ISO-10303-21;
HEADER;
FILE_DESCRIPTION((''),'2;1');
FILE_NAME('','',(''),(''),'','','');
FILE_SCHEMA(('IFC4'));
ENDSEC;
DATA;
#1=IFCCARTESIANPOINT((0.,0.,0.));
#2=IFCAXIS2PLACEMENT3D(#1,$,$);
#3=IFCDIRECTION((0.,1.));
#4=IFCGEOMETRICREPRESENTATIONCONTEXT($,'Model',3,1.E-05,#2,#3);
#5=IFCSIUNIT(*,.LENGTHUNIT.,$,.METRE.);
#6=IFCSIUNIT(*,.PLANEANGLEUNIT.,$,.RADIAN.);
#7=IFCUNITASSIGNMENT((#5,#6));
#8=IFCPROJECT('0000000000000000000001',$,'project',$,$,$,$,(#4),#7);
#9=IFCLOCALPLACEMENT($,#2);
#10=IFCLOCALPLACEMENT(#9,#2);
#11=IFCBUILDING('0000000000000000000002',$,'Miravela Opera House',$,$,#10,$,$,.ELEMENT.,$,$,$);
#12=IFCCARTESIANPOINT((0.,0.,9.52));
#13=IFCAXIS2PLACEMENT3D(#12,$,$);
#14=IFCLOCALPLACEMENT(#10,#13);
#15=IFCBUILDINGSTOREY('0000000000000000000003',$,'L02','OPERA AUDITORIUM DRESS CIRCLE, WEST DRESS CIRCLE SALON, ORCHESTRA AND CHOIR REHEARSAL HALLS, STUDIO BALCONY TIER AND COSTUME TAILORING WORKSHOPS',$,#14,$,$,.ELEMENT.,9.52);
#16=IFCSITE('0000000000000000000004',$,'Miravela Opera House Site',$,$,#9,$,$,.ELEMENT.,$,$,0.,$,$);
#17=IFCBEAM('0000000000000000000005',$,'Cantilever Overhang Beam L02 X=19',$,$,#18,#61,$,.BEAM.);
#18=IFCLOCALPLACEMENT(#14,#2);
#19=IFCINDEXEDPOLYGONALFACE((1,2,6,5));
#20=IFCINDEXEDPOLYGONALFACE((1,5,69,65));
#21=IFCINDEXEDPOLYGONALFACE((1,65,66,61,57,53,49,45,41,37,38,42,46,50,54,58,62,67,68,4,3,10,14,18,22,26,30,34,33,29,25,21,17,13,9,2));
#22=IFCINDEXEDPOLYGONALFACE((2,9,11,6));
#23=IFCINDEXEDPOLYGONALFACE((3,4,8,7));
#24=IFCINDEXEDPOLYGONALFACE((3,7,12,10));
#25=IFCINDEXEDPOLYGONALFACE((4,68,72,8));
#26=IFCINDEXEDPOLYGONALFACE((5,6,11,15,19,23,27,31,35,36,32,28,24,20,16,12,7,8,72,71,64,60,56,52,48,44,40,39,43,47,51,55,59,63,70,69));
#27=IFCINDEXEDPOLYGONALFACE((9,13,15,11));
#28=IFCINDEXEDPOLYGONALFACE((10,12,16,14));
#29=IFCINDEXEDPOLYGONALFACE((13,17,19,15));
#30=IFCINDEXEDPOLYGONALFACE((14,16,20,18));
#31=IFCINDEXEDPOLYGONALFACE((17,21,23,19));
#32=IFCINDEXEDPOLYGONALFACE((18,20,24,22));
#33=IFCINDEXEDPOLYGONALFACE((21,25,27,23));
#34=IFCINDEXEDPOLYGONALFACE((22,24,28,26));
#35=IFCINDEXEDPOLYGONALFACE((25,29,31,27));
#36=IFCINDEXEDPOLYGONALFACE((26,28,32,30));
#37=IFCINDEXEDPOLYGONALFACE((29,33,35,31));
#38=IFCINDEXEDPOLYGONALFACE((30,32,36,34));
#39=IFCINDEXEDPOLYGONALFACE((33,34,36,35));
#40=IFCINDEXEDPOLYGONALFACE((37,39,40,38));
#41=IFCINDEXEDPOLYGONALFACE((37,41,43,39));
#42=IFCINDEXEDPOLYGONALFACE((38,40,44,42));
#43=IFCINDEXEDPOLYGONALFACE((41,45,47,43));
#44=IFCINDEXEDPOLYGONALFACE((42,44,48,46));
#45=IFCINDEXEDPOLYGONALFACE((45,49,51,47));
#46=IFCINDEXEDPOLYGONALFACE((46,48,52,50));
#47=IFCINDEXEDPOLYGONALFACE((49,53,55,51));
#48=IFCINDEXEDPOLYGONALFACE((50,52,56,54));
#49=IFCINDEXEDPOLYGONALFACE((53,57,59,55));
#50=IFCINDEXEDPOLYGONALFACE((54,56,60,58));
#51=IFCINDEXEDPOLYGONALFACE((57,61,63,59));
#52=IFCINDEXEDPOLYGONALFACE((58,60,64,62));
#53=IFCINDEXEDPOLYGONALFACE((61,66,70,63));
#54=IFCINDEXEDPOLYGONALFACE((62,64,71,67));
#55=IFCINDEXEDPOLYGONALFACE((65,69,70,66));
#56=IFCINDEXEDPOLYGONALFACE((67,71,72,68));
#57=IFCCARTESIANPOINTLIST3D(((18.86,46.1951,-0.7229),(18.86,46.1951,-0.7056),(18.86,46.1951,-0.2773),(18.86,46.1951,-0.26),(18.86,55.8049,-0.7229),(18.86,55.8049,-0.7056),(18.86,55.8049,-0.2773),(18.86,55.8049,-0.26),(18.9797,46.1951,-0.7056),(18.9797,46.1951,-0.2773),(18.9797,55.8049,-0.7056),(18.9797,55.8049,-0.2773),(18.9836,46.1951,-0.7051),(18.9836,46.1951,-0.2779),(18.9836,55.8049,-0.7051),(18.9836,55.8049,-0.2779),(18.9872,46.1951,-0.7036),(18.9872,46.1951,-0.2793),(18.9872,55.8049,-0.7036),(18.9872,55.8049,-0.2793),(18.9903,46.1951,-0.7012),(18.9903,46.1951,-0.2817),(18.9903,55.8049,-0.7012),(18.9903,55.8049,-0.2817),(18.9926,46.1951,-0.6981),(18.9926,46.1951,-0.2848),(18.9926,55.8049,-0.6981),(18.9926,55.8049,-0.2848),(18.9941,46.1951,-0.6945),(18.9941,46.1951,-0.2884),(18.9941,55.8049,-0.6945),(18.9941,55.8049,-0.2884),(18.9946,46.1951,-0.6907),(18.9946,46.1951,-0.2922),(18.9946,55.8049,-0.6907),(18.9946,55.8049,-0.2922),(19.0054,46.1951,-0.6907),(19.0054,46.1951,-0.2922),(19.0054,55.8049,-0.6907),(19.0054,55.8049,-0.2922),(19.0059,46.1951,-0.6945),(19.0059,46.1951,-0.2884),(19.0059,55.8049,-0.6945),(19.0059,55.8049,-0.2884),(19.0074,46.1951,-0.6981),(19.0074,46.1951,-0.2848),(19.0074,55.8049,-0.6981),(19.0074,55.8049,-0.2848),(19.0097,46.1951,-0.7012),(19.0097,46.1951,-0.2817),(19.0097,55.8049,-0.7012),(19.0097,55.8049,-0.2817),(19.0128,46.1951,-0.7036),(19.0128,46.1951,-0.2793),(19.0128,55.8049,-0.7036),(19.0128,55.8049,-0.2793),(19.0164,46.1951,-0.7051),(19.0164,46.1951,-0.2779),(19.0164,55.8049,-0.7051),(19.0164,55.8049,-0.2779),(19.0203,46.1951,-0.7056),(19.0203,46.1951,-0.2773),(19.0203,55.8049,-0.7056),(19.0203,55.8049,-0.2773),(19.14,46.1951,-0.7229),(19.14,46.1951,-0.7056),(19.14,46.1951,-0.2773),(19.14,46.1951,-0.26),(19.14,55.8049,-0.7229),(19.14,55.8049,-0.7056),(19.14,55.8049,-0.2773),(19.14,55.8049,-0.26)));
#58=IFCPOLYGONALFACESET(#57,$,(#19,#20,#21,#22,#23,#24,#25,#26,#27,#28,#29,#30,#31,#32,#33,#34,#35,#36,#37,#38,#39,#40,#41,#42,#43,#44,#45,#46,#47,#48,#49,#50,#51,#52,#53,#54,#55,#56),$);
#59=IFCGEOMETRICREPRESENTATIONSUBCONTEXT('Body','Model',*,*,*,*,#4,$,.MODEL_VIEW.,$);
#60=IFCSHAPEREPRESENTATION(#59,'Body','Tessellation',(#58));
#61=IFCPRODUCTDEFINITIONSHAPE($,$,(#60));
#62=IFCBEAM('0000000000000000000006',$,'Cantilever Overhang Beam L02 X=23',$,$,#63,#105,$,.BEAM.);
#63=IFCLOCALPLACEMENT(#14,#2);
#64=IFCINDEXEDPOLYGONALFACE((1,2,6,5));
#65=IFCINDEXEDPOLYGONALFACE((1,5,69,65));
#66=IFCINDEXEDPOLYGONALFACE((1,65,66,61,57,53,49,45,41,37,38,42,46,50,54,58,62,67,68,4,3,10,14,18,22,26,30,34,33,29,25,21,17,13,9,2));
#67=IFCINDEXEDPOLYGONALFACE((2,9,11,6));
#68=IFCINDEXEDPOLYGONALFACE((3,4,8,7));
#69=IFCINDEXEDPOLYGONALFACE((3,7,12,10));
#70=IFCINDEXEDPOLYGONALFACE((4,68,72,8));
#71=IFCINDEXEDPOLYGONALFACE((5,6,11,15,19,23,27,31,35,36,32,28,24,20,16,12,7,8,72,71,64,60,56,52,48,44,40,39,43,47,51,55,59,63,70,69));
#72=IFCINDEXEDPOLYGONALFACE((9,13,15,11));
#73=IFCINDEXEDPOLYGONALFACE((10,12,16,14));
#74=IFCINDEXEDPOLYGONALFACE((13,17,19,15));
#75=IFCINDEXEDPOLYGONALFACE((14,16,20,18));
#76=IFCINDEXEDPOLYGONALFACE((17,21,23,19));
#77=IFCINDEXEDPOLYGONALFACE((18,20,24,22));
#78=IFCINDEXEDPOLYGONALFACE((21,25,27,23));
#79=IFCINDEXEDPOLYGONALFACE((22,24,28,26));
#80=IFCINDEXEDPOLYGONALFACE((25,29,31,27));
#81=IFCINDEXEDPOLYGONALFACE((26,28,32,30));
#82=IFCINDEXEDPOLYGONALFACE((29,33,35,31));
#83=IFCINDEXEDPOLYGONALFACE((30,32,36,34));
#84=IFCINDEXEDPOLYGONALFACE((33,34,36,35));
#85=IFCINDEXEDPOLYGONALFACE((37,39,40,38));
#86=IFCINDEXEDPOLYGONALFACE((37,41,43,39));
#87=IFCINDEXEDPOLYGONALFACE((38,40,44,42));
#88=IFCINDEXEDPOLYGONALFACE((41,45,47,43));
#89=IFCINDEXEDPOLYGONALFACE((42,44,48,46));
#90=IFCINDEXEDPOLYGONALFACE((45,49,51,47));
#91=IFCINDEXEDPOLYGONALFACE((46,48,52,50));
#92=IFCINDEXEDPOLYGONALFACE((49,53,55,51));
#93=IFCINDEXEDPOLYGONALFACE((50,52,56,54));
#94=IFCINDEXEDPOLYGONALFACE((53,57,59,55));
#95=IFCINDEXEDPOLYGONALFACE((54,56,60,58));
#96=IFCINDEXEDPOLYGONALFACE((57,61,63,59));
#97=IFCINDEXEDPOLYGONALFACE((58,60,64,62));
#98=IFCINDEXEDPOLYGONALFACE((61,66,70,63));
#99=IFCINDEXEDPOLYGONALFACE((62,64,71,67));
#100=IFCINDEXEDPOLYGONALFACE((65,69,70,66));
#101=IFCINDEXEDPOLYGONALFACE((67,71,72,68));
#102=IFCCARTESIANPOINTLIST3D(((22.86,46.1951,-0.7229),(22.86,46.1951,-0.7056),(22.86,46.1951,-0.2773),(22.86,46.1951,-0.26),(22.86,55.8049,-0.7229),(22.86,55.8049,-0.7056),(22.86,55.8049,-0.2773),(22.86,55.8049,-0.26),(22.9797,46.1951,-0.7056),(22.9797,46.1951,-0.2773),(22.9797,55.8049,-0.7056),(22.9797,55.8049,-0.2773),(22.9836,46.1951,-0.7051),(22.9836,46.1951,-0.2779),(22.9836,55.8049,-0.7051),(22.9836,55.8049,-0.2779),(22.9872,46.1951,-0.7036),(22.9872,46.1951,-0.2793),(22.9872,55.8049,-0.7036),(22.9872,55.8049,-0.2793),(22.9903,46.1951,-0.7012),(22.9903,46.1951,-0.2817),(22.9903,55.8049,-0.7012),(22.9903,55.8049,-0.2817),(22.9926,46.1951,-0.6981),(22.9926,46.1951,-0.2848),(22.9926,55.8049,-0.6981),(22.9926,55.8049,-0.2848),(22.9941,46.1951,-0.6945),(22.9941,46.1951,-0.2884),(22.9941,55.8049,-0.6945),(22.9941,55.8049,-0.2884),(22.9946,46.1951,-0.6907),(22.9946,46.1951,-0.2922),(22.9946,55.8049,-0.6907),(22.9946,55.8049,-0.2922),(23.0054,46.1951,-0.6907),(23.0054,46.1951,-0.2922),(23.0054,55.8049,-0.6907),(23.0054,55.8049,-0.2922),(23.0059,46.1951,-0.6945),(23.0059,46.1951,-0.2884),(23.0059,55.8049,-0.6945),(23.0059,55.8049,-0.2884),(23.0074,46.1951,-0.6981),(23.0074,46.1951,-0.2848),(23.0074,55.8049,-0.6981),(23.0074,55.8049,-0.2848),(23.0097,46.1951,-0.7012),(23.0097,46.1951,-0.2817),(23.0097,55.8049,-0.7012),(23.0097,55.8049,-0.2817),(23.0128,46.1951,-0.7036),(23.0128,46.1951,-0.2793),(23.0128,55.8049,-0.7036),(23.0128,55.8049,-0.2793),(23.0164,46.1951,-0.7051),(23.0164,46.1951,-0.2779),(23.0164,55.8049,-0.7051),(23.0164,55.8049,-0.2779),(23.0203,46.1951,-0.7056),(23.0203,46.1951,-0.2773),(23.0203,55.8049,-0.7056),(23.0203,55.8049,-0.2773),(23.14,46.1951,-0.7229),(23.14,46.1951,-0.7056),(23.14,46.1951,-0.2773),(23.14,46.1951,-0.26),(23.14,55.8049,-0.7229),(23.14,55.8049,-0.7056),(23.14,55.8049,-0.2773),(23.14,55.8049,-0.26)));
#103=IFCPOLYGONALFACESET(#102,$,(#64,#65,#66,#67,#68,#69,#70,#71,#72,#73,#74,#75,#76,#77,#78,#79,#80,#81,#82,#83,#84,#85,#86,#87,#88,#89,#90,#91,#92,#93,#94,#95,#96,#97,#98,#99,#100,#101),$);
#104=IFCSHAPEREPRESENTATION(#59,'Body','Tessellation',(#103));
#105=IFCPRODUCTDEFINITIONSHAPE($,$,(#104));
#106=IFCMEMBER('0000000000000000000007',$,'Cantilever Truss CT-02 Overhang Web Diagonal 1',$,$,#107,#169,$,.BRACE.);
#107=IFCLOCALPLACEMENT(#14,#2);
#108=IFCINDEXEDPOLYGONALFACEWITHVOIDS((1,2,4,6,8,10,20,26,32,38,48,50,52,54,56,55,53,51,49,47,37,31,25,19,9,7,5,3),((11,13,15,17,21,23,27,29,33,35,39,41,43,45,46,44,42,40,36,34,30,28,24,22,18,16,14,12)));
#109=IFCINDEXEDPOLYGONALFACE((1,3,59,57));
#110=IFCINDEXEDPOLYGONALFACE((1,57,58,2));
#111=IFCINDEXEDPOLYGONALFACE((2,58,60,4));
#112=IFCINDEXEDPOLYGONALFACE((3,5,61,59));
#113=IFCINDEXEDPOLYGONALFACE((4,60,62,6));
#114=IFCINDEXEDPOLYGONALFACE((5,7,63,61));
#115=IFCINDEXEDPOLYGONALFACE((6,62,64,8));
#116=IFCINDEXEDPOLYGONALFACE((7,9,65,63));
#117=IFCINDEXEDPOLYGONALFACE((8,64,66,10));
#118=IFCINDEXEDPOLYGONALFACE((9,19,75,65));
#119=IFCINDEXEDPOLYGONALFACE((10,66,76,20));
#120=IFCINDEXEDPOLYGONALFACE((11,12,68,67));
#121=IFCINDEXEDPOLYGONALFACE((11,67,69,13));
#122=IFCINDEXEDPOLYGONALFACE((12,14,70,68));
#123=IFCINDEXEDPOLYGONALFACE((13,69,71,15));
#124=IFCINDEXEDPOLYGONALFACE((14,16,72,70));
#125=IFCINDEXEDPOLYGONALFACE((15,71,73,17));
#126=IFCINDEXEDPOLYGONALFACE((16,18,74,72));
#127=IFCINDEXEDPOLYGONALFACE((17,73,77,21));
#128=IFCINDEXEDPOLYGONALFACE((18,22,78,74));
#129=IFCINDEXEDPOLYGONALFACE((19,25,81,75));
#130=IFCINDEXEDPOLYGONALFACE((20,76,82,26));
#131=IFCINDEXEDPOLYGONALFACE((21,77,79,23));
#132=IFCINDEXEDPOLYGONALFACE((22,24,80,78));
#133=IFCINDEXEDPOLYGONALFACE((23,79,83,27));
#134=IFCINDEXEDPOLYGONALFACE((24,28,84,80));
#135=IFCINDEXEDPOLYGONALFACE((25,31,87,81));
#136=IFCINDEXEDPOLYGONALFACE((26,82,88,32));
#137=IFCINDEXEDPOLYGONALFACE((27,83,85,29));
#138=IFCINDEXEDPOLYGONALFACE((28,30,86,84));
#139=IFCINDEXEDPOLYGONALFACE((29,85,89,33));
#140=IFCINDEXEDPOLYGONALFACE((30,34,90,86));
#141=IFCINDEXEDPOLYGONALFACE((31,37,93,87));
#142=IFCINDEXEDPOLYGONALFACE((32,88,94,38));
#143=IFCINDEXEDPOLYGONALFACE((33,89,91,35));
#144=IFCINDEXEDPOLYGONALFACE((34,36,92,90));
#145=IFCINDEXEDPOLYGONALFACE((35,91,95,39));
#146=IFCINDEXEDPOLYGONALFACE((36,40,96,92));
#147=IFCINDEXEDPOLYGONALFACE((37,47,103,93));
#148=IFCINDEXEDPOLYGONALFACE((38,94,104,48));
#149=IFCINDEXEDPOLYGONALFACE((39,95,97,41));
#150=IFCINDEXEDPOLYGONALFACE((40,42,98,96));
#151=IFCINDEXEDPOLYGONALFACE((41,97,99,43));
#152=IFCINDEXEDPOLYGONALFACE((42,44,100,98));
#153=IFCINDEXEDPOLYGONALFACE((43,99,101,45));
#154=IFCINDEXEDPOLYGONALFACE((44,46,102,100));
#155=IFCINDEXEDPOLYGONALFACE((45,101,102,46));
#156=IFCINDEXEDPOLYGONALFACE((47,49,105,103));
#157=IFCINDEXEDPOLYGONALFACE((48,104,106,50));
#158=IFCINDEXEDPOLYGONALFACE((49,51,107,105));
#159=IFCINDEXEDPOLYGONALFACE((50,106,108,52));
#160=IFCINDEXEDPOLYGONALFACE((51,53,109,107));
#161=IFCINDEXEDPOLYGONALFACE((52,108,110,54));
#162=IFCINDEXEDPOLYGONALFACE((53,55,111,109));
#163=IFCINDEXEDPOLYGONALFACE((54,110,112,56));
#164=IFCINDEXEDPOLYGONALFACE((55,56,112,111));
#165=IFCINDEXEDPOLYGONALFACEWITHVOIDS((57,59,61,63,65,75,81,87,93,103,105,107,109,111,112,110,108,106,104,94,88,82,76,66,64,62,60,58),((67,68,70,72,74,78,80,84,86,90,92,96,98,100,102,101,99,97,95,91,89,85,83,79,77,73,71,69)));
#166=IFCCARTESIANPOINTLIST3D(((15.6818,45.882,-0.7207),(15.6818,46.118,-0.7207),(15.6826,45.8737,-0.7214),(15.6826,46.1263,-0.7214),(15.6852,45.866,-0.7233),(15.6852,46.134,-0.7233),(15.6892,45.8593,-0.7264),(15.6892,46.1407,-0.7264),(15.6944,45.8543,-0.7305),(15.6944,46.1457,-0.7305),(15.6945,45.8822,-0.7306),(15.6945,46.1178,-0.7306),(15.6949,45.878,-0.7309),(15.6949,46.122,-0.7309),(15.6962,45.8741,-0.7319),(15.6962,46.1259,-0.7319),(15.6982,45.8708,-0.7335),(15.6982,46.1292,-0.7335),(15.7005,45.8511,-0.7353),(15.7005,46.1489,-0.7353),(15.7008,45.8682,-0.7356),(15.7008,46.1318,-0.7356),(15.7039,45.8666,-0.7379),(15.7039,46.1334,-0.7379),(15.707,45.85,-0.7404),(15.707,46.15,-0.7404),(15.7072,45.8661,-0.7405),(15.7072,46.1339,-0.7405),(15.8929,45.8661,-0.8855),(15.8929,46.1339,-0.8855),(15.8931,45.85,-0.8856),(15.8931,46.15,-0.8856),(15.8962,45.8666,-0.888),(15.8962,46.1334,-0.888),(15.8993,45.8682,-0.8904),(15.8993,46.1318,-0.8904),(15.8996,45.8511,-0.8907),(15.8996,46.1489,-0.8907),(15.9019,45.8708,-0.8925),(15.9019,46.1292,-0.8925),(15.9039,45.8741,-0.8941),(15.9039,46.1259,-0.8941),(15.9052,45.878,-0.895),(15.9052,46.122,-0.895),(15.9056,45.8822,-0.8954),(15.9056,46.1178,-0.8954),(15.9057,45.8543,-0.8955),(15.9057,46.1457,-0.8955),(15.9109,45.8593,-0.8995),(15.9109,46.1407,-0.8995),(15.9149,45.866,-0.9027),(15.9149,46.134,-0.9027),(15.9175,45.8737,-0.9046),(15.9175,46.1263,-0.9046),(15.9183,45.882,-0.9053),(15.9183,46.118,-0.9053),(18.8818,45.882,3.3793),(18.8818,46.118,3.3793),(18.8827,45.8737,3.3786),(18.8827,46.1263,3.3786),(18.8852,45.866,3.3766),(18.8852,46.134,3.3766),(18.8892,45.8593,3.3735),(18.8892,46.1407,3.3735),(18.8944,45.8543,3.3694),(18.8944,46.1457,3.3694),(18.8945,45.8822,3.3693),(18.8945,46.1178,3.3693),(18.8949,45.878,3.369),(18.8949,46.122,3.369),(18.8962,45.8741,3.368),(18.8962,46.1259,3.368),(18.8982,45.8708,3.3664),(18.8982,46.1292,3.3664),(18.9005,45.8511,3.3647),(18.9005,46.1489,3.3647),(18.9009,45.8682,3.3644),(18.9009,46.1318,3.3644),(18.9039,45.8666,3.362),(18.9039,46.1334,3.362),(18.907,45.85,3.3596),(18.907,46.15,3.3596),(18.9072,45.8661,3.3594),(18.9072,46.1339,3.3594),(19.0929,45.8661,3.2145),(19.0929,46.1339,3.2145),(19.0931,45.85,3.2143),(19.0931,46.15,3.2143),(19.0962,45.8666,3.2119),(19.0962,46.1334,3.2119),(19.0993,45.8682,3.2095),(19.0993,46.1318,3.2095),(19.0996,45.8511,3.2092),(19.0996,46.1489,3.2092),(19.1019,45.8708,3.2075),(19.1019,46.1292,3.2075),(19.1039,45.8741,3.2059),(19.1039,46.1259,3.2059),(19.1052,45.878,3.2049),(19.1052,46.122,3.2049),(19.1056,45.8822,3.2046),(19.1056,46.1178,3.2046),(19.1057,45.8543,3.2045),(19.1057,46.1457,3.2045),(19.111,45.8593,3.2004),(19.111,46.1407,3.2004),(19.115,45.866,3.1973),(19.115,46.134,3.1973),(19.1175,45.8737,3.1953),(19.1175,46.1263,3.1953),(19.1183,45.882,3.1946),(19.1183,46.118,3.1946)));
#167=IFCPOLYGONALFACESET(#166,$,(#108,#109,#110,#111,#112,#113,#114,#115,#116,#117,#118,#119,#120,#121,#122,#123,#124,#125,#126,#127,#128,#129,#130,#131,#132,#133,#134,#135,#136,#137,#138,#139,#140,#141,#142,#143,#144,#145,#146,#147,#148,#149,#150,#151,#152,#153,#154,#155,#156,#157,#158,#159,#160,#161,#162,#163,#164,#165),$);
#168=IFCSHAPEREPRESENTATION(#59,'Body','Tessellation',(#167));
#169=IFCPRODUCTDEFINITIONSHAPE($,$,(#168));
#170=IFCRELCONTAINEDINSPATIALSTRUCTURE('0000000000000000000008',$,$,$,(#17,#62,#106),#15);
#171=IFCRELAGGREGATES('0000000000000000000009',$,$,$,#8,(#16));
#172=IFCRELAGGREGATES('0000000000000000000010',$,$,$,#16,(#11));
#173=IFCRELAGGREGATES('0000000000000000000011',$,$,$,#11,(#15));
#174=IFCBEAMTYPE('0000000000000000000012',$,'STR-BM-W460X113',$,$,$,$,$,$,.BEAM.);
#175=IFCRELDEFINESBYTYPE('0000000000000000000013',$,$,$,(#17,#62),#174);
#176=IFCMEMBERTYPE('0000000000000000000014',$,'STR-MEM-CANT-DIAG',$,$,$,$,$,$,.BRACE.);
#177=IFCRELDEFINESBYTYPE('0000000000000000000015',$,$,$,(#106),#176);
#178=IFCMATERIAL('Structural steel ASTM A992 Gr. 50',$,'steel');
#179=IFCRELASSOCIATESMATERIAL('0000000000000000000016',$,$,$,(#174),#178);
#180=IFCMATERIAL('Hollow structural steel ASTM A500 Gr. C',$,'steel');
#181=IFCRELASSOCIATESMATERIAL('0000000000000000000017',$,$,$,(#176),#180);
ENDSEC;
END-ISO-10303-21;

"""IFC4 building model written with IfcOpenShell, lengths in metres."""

from ifc_helpers import new_model, si_unit, direction, frame, origin, origin_2d, place, context, subcontext, project, spatial, hollow_rectangle, i_section, extrude, material, material_profile, profile_set, type_object, element, save


model = new_model("IFC4")

# Units and contexts
model_context = context("Model", 3, precision=1e-05, world=origin(), true_north=direction((0.0, 1.0)))
body_context = subcontext(model_context, "Body", "Model", "MODEL_VIEW")
ifc_project = project(units=[si_unit("LENGTHUNIT", "METRE"), si_unit("PLANEANGLEUNIT", "RADIAN")], contexts=[model_context])

# Site, building, storey
site_placement = place(None, origin())
site = spatial("IfcSite", under=ifc_project, at=site_placement, Name="Miravela Opera House Site", CompositionType="ELEMENT", RefElevation=0.0)
building_placement = place(site_placement, origin())
building = spatial("IfcBuilding", under=site, at=building_placement, Name="Miravela Opera House", CompositionType="ELEMENT")
storey_placement = place(building_placement, frame((0.0, 0.0, 9.52)))
storey = spatial("IfcBuildingStorey", under=building, at=storey_placement, Name="L02", Description="OPERA AUDITORIUM DRESS CIRCLE, WEST DRESS CIRCLE SALON, ORCHESTRA AND CHOIR REHEARSAL HALLS, STUDIO BALCONY TIER AND COSTUME TAILORING WORKSHOPS", CompositionType="ELEMENT", Elevation=9.52)

# Beams
ifc_material_1 = material(Name="Structural steel ASTM A992 Gr. 50", Category="steel")
ifc_material_profile_1 = material_profile(ifc_material_1, i_section(OverallWidth=0.28, OverallDepth=0.4629, WebThickness=0.0107, FlangeThickness=0.0173, FilletRadius=0.0149, at=origin_2d()), Name="W460X113")
ifc_profile_set_1 = profile_set([ifc_material_profile_1])
beam_type_1 = type_object("IfcBeamType", Name="STR-BM-W460X113", PredefinedType="BEAM", material=ifc_profile_set_1)
for number, where, z_axis, x_axis, name in (
    (1, (19.0, 46.1951, -0.4915), (0.0, 1.0, 0.0), (-1.0, 0.0, 0.0), "Cantilever Overhang Beam L02 X=19"),
    (2, (23.0, 46.1951, -0.4915), (0.0, 1.0, 0.0), (-1.0, 0.0, 0.0), "Cantilever Overhang Beam L02 X=23"),
):
    element("IfcBeam", number, at=place(storey_placement, frame(where, z_axis=z_axis, x_axis=x_axis)), inside=storey, type_object=beam_type_1, Name=name, PredefinedType="BEAM", context=body_context, shape_type="SweptSolid", body=[
        extrude(i_section(OverallWidth=0.28, OverallDepth=0.4629, WebThickness=0.0107, FlangeThickness=0.0173, FilletRadius=0.0149, at=origin_2d()), origin(), (0.0, 0.0, 1.0), 9.6099),
    ])

# Member
ifc_material_2 = material(Name="Hollow structural steel ASTM A500 Gr. C", Category="steel")
ifc_material_profile_2 = material_profile(ifc_material_2, hollow_rectangle(XDim=0.3, YDim=0.3, WallThickness=0.0161, InnerFilletRadius=0.0161, OuterFilletRadius=0.032, at=origin_2d()), Name="HSS300X300X16")
ifc_profile_set_2 = profile_set([ifc_material_profile_2])
member_type_1 = type_object("IfcMemberType", Name="STR-MEM-CANT-DIAG", PredefinedType="BRACE", material=ifc_profile_set_2)
member_1_placement = place(storey_placement, frame((15.8, 46.0, -0.813), z_axis=(0.615279, 0.0, 0.78831), x_axis=(0.0, 1.0, 0.0)))
element("IfcMember", 3, at=member_1_placement, inside=storey, type_object=member_type_1, Name="Cantilever Truss CT-02 Overhang Web Diagonal 1", PredefinedType="BRACE", context=body_context, shape_type="SweptSolid", body=[
    extrude(hollow_rectangle(XDim=0.3, YDim=0.3, WallThickness=0.0161, InnerFilletRadius=0.0161, OuterFilletRadius=0.032, at=origin_2d()), origin(), (0.0, 0.0, 1.0), 5.2009),
])

save(model, "model.ifc")
